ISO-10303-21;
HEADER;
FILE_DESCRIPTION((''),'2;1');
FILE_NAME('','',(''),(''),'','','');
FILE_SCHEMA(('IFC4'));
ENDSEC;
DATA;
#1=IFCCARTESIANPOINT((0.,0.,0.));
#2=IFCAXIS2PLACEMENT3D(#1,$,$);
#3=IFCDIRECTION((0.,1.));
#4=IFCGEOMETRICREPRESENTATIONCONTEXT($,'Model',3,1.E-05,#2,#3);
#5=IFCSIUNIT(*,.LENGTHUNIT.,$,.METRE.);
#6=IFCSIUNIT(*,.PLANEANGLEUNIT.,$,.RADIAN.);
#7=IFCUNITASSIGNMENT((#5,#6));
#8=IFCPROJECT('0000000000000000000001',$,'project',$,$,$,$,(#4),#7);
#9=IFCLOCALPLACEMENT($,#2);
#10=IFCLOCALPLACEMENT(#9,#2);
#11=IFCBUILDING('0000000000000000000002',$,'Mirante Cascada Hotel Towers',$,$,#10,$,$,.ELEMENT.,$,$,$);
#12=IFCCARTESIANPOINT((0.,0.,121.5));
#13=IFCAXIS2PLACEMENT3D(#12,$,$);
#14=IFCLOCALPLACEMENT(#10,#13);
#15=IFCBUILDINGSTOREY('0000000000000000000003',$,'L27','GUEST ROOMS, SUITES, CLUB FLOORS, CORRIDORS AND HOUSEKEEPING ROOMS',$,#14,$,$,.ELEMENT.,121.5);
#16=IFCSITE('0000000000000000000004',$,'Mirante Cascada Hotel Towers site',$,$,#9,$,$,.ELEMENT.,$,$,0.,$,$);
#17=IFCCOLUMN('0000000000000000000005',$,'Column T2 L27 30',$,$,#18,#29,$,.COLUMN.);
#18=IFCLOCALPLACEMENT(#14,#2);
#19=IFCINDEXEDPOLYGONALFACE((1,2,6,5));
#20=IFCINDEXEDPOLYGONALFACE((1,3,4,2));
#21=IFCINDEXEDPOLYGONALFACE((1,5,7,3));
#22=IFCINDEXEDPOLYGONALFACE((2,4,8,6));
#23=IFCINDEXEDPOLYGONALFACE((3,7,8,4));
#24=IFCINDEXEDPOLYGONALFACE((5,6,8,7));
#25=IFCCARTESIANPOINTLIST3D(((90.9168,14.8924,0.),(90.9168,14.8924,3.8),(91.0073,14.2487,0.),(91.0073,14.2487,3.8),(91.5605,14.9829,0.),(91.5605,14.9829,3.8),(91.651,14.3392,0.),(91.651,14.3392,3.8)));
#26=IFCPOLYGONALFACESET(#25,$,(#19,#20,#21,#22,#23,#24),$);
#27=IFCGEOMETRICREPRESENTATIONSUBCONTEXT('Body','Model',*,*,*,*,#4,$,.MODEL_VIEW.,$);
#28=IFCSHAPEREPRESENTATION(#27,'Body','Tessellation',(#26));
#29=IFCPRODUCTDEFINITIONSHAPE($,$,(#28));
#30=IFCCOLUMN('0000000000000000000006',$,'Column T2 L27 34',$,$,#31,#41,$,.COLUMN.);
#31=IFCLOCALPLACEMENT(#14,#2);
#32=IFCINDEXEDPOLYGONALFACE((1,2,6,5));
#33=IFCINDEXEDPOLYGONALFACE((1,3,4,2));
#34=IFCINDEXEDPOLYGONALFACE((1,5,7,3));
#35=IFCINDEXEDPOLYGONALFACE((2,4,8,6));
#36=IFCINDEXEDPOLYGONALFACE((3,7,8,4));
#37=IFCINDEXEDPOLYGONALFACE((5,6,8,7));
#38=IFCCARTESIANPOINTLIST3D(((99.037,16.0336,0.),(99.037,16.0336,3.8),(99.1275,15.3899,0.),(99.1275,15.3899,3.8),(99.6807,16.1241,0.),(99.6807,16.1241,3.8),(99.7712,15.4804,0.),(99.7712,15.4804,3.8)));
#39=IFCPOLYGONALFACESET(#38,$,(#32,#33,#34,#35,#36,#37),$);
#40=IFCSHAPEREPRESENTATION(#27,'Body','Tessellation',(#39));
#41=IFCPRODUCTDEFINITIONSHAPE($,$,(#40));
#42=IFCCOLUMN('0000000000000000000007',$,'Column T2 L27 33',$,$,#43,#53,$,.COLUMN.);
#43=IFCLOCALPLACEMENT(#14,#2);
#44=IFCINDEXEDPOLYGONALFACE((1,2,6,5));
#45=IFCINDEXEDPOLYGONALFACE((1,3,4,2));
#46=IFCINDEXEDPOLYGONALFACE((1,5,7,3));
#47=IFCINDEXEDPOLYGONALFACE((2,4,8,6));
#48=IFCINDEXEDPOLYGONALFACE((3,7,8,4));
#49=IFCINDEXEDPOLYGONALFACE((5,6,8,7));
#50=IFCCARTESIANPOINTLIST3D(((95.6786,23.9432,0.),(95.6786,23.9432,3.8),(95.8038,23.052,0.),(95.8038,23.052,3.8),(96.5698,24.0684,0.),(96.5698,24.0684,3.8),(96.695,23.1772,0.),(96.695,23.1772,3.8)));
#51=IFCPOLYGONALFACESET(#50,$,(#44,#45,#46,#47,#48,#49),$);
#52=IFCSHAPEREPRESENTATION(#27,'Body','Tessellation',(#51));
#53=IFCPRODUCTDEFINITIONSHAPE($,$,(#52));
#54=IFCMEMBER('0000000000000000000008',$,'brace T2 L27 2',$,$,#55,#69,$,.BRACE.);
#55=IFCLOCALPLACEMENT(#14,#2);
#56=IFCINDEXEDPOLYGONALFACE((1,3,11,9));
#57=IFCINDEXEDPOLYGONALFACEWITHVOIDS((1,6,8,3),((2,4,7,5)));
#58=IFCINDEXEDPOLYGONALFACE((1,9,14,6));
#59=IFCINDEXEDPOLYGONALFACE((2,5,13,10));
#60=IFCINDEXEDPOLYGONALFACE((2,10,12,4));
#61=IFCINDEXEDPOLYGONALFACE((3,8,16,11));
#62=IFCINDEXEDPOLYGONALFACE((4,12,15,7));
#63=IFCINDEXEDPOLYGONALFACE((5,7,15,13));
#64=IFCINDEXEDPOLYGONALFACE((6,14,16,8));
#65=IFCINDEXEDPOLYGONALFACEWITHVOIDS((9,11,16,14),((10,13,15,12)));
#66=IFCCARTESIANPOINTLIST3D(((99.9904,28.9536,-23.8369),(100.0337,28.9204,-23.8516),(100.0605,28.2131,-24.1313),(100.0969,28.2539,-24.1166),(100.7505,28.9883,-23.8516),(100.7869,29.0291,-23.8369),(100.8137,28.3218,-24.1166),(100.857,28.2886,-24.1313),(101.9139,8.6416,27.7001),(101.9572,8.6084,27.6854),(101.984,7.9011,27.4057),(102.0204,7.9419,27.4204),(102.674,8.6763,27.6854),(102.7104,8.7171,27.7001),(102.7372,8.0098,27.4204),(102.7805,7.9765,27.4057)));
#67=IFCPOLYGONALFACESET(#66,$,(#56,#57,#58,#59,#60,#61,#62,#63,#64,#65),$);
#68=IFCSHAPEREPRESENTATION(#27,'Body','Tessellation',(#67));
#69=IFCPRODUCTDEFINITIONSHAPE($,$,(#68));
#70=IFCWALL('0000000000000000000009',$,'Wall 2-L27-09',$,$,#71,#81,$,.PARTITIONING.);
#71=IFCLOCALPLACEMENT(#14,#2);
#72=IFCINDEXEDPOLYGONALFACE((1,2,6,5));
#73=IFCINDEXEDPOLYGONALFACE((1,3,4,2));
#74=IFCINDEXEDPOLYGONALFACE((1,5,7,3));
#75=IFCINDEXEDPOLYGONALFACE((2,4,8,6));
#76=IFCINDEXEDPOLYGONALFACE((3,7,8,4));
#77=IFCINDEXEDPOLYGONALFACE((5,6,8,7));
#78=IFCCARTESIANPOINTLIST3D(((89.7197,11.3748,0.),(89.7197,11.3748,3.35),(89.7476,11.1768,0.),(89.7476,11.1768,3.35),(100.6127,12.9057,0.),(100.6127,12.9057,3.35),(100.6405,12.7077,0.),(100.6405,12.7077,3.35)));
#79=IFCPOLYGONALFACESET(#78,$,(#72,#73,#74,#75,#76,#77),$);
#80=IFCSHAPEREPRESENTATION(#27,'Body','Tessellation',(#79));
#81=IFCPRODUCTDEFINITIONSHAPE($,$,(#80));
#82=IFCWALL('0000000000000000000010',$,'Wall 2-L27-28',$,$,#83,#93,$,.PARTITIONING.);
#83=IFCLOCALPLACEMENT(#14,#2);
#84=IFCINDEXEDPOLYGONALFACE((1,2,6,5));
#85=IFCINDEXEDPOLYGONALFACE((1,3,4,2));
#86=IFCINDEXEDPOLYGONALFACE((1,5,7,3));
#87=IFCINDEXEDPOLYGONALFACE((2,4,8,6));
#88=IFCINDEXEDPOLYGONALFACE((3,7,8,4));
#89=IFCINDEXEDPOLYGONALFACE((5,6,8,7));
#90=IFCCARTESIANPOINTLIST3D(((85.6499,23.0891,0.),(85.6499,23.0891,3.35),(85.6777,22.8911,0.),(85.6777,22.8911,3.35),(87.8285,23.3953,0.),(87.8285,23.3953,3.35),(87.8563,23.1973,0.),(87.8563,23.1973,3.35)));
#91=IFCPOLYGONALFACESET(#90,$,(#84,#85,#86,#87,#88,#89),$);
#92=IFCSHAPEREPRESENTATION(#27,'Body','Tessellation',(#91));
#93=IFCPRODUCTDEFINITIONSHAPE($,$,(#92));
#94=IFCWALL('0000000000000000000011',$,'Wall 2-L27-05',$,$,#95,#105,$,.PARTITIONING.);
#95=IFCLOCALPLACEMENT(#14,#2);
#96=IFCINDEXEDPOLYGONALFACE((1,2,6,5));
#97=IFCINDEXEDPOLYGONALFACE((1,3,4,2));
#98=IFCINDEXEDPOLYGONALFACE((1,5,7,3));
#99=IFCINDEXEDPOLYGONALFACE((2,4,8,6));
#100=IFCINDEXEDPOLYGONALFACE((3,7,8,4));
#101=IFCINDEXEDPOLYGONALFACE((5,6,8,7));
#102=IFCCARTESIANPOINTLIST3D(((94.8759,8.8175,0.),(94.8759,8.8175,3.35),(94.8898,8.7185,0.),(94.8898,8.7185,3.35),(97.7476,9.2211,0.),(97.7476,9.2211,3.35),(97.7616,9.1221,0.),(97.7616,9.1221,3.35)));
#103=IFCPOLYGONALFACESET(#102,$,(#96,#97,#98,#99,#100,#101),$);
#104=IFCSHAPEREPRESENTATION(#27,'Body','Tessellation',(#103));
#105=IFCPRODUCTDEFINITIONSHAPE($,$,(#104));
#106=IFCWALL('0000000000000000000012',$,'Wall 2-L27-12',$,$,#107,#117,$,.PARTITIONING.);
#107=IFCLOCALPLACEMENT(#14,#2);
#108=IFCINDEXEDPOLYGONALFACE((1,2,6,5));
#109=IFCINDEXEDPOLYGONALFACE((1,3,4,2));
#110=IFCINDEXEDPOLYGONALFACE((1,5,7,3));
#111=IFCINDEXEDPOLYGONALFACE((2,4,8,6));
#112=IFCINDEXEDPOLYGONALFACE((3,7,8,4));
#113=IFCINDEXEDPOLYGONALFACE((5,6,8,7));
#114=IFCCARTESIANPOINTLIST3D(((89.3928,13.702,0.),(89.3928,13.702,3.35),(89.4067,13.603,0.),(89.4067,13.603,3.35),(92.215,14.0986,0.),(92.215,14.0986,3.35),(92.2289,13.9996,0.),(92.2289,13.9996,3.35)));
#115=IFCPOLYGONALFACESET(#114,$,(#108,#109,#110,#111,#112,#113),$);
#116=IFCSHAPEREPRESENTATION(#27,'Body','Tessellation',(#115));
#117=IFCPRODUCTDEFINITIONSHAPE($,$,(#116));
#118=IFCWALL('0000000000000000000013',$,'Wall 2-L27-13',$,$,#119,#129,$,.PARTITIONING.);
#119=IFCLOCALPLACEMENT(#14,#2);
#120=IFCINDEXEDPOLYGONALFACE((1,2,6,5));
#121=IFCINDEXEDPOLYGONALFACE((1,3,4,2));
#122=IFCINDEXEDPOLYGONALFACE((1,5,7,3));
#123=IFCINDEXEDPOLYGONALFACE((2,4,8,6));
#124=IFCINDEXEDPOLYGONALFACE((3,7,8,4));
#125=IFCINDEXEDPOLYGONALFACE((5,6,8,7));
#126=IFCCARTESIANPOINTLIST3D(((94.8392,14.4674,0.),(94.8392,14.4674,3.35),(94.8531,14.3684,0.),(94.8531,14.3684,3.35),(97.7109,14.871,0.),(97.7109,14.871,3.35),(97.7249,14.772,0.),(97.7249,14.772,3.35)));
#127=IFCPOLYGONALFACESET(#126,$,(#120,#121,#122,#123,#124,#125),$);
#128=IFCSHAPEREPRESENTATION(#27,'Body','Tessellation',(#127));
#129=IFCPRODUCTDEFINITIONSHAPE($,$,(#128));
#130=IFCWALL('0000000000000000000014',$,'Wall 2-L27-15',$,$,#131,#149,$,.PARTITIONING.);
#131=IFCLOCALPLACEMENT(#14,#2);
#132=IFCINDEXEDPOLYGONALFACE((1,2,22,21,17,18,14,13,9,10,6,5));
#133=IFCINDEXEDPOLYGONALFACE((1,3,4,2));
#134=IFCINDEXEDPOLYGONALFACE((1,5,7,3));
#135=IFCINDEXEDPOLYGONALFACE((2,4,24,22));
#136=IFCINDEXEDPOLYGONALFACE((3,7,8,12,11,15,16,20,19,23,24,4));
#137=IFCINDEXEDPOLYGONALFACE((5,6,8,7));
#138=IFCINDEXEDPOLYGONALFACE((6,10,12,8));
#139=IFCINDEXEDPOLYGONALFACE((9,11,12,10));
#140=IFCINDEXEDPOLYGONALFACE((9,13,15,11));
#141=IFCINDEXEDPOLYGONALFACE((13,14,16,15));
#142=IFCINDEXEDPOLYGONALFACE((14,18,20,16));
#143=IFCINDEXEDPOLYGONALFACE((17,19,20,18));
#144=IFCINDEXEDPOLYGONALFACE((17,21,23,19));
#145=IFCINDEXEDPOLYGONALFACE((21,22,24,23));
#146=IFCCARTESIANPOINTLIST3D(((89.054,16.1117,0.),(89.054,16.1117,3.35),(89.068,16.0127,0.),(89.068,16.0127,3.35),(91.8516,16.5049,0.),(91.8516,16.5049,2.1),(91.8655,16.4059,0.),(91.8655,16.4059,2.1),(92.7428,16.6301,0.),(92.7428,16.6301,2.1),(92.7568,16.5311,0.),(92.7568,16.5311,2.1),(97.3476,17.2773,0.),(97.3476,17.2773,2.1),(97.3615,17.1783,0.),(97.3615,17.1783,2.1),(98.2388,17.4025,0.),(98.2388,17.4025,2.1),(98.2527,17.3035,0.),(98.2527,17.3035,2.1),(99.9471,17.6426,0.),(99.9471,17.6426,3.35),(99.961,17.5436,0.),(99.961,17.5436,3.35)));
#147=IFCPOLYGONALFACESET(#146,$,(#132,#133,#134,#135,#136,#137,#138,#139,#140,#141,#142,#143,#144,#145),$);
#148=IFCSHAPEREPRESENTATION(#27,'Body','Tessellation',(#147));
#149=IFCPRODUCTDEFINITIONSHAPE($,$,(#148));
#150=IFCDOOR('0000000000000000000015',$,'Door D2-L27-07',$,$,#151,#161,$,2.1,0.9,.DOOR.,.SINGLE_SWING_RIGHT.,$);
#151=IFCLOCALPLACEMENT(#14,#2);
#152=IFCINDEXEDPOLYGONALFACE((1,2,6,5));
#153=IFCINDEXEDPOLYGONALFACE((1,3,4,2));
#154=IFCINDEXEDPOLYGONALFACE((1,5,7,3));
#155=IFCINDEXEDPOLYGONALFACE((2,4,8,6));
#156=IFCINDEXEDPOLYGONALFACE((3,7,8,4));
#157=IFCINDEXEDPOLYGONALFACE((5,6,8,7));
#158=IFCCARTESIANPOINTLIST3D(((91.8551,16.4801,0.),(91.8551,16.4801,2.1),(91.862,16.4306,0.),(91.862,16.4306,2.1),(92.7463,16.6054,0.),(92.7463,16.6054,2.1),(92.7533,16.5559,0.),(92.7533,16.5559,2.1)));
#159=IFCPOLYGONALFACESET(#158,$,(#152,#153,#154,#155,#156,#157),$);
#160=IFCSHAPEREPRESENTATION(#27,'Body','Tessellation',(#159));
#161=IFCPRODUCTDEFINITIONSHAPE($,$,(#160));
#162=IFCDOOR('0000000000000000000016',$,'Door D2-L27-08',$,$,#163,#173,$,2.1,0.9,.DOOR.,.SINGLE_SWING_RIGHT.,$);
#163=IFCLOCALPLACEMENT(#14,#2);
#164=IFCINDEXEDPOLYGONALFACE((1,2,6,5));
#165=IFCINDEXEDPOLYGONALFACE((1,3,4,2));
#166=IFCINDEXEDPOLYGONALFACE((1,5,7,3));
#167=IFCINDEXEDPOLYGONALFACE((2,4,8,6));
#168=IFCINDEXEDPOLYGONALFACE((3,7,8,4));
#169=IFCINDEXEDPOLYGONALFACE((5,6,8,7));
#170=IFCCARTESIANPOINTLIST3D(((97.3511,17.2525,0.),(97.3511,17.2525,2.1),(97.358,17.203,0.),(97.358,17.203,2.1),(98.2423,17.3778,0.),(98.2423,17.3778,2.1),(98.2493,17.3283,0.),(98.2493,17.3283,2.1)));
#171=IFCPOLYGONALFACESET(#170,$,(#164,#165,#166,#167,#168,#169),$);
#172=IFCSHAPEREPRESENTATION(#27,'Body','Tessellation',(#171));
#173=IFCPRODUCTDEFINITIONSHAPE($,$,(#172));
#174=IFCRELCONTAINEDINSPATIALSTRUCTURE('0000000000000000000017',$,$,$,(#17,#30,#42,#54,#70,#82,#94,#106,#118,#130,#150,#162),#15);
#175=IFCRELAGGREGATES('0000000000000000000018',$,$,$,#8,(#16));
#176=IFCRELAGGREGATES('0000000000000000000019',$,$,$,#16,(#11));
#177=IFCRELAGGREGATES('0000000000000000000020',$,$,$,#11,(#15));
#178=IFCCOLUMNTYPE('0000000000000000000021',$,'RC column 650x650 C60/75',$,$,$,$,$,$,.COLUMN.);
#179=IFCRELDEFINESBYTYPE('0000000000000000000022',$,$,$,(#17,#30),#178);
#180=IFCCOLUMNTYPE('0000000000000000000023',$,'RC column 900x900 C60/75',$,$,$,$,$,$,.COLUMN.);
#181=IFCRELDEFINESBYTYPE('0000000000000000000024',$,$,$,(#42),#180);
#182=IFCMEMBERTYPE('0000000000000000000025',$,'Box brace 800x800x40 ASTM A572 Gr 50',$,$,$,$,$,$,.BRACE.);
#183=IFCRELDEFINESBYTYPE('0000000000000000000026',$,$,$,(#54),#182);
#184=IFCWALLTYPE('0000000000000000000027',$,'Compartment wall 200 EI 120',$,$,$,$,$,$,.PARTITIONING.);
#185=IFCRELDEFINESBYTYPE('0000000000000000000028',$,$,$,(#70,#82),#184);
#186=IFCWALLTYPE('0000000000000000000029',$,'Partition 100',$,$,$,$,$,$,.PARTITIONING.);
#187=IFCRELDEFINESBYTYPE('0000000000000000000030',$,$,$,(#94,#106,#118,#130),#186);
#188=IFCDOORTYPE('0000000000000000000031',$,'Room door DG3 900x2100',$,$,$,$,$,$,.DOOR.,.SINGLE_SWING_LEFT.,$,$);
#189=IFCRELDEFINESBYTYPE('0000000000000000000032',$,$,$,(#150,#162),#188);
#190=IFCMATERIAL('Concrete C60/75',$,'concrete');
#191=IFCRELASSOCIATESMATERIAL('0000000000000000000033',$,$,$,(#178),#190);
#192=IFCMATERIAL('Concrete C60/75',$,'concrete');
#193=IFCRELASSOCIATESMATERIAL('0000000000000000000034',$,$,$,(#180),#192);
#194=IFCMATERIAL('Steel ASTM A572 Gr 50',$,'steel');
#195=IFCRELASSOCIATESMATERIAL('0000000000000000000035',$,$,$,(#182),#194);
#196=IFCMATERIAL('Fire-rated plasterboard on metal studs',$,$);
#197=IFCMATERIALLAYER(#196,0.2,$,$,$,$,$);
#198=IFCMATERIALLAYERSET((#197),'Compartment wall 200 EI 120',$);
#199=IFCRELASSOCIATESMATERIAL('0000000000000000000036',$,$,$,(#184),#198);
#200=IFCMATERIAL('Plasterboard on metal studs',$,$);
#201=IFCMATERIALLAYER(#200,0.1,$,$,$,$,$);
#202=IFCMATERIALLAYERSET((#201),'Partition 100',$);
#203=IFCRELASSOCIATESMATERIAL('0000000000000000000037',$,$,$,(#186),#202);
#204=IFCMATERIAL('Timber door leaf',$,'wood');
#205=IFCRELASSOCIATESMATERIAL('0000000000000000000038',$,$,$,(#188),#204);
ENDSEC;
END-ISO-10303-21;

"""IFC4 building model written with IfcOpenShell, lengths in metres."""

from ifc_helpers import new_model, si_unit, direction, frame, frame_2d, origin, origin_2d, place, context, subcontext, project, spatial, rectangle, hollow_rectangle, extrude, material, layer, layer_set, material_profile, profile_set, type_object, element, fill, save


model = new_model("IFC4")

# Units and contexts
model_context = context("Model", 3, precision=1e-05, world=origin(), true_north=direction((0.0, 1.0)))
body_context = subcontext(model_context, "Body", "Model", "MODEL_VIEW")
ifc_project = project(units=[si_unit("LENGTHUNIT", "METRE"), si_unit("PLANEANGLEUNIT", "RADIAN")], contexts=[model_context])

# Site, building, storey
site_placement = place(None, origin())
site = spatial("IfcSite", under=ifc_project, at=site_placement, Name="Mirante Cascada Hotel Towers site", CompositionType="ELEMENT", RefElevation=0.0)
building_placement = place(site_placement, origin())
building = spatial("IfcBuilding", under=site, at=building_placement, Name="Mirante Cascada Hotel Towers", CompositionType="ELEMENT")
storey_placement = place(building_placement, frame((0.0, 0.0, 121.5)))
storey = spatial("IfcBuildingStorey", under=building, at=storey_placement, Name="L27", Description="GUEST ROOMS, SUITES, CLUB FLOORS, CORRIDORS AND HOUSEKEEPING ROOMS", CompositionType="ELEMENT", Elevation=121.5)

# Columns
ifc_material_1 = material(Name="Concrete C60/75", Category="concrete")
ifc_material_profile_1 = material_profile(ifc_material_1, rectangle(XDim=0.65, YDim=0.65, at=origin_2d()), Name="RC column 650x650 C60/75")
ifc_profile_set_1 = profile_set([ifc_material_profile_1], Name="Concrete C60/75")
column_type_1 = type_object("IfcColumnType", Name="RC column 650x650 C60/75", PredefinedType="COLUMN", material=ifc_profile_set_1)
for number, where, z_axis, x_axis, name in (
    (1, (91.2839, 14.6158, 0.0), (0.0, 0.0, 1.0), (0.990268, 0.139173, 0.0), "Column T2 L27 30"),
    (2, (99.4041, 15.757, 0.0), (0.0, 0.0, 1.0), (0.990268, 0.139173, 0.0), "Column T2 L27 34"),
):
    element("IfcColumn", number, at=place(storey_placement, frame(where, z_axis=z_axis, x_axis=x_axis)), inside=storey, type_object=column_type_1, Name=name, PredefinedType="COLUMN", context=body_context, shape_type="SweptSolid", body=[
        extrude(rectangle(XDim=0.65, YDim=0.65, at=origin_2d()), origin(), (0.0, 0.0, 1.0), 3.8),
    ])
ifc_material_2 = material(Name="Concrete C60/75", Category="concrete")
ifc_material_profile_2 = material_profile(ifc_material_2, rectangle(XDim=0.9, YDim=0.9, at=origin_2d()), Name="RC column 900x900 C60/75")
ifc_profile_set_2 = profile_set([ifc_material_profile_2], Name="Concrete C60/75")
column_type_2 = type_object("IfcColumnType", Name="RC column 900x900 C60/75", PredefinedType="COLUMN", material=ifc_profile_set_2)
column_placement = place(storey_placement, frame((96.1868, 23.5602, 0.0), z_axis=(0.0, 0.0, 1.0), x_axis=(0.990268, 0.139173, 0.0)))
element("IfcColumn", 3, at=column_placement, inside=storey, type_object=column_type_2, Name="Column T2 L27 33", PredefinedType="COLUMN", context=body_context, shape_type="SweptSolid", body=[
    extrude(rectangle(XDim=0.9, YDim=0.9, at=origin_2d()), origin(), (0.0, 0.0, 1.0), 3.8),
])

# Member
ifc_material_3 = material(Name="Steel ASTM A572 Gr 50", Category="steel")
ifc_material_profile_3 = material_profile(ifc_material_3, hollow_rectangle(XDim=0.8, YDim=0.8, WallThickness=0.04, at=origin_2d()), Name="Box brace 800x800x40 ASTM A572 Gr 50")
ifc_profile_set_3 = profile_set([ifc_material_profile_3], Name="Steel ASTM A572 Gr 50")
member_type = type_object("IfcMemberType", Name="Box brace 800x800x40 ASTM A572 Gr 50", PredefinedType="BRACE", material=ifc_profile_set_3)
member_placement = place(storey_placement, frame((100.4237, 28.6211, -23.9841), z_axis=(0.034702, -0.366453, 0.929789), x_axis=(0.995546, 0.094276, 0.0)))
element("IfcMember", 4, at=member_placement, inside=storey, type_object=member_type, Name="brace T2 L27 2", PredefinedType="BRACE", context=body_context, shape_type="SweptSolid", body=[
    extrude(hollow_rectangle(XDim=0.8, YDim=0.8, WallThickness=0.04, at=origin_2d()), origin(), (0.0, 0.0, 1.0), 55.4287),
])

# Walls
ifc_material_4 = material(Name="Fire-rated plasterboard on metal studs")
ifc_layer_1 = layer(ifc_material_4, 0.2)
ifc_layer_set_1 = layer_set([ifc_layer_1], Name="Compartment wall 200 EI 120")
wall_type_1 = type_object("IfcWallType", Name="Compartment wall 200 EI 120", PredefinedType="PARTITIONING", material=ifc_layer_set_1)
wall_1_placement = place(storey_placement, frame((100.6266, 12.8067, 0.0), z_axis=(0.0, 0.0, 1.0), x_axis=(-0.990268, -0.139173, 0.0)))
element("IfcWall", 5, at=wall_1_placement, inside=storey, type_object=wall_type_1, Name="Wall 2-L27-09", PredefinedType="PARTITIONING", context=body_context, shape_type="SweptSolid", body=[
    extrude(rectangle(XDim=11.0, YDim=0.2, at=frame_2d((5.5, 0.0))), origin(), (0.0, 0.0, 1.0), 3.35),
])
wall_2_placement = place(storey_placement, frame((85.6638, 22.9901, 0.0), z_axis=(0.0, 0.0, 1.0), x_axis=(0.990267, 0.139181, 0.0)))
element("IfcWall", 6, at=wall_2_placement, inside=storey, type_object=wall_type_1, Name="Wall 2-L27-28", PredefinedType="PARTITIONING", context=body_context, shape_type="SweptSolid", body=[
    extrude(rectangle(XDim=2.2, YDim=0.2, at=frame_2d((1.1, 0.0))), origin(), (0.0, 0.0, 1.0), 3.35),
])
ifc_material_5 = material(Name="Plasterboard on metal studs")
ifc_layer_2 = layer(ifc_material_5, 0.1)
ifc_layer_set_2 = layer_set([ifc_layer_2], Name="Partition 100")
wall_type_2 = type_object("IfcWallType", Name="Partition 100", PredefinedType="PARTITIONING", material=ifc_layer_set_2)
wall_3_placement = place(storey_placement, frame((97.7546, 9.1716, 0.0), z_axis=(0.0, 0.0, 1.0), x_axis=(-0.990268, -0.139171, 0.0)))
element("IfcWall", 7, at=wall_3_placement, inside=storey, type_object=wall_type_2, Name="Wall 2-L27-05", PredefinedType="PARTITIONING", context=body_context, shape_type="SweptSolid", body=[
    extrude(rectangle(XDim=2.9, YDim=0.1, at=frame_2d((1.45, 0.0))), origin(), (0.0, 0.0, 1.0), 3.35),
])
wall_4_placement = place(storey_placement, frame((89.3997, 13.6525, 0.0), z_axis=(0.0, 0.0, 1.0), x_axis=(0.99027, 0.139161, 0.0)))
element("IfcWall", 8, at=wall_4_placement, inside=storey, type_object=wall_type_2, Name="Wall 2-L27-12", PredefinedType="PARTITIONING", context=body_context, shape_type="SweptSolid", body=[
    extrude(rectangle(XDim=2.8499, YDim=0.1, at=frame_2d((1.425, 0.0))), origin(), (0.0, 0.0, 1.0), 3.35),
])
wall_5_placement = place(storey_placement, frame((97.7179, 14.8215, 0.0), z_axis=(0.0, 0.0, 1.0), x_axis=(-0.990268, -0.139171, 0.0)))
element("IfcWall", 9, at=wall_5_placement, inside=storey, type_object=wall_type_2, Name="Wall 2-L27-13", PredefinedType="PARTITIONING", context=body_context, shape_type="SweptSolid", body=[
    extrude(rectangle(XDim=2.9, YDim=0.1, at=frame_2d((1.45, 0.0))), origin(), (0.0, 0.0, 1.0), 3.35),
])

# Wall, openings, doors
wall_6_placement = place(storey_placement, frame((99.954, 17.5931, 0.0), z_axis=(0.0, 0.0, 1.0), x_axis=(-0.990268, -0.139172, 0.0)))
wall_6 = element("IfcWall", 10, at=wall_6_placement, inside=storey, type_object=wall_type_2, Name="Wall 2-L27-15", PredefinedType="PARTITIONING", context=body_context, shape_type="SweptSolid", body=[
    extrude(rectangle(XDim=11.0001, YDim=0.1, at=frame_2d((5.5, 0.0))), origin(), (0.0, 0.0, 1.0), 3.35),
])
opening_1_placement = place(wall_6_placement, frame((7.275, 0.0, 0.0)))
opening_1 = element("IfcOpeningElement", 11, at=opening_1_placement, cuts=wall_6, PredefinedType="OPENING", context=body_context, shape_type="SweptSolid", body=[
    extrude(rectangle(XDim=0.9, YDim=2.1, at=frame_2d((0.45, 1.05))), frame((0.0, 0.05, 0.0), z_axis=(0.0, -1.0, 0.0), x_axis=(1.0, 0.0, 0.0)), (0.0, 0.0, 1.0), 0.1),
])
opening_2_placement = place(wall_6_placement, frame((1.725, 0.0, 0.0)))
opening_2 = element("IfcOpeningElement", 12, at=opening_2_placement, cuts=wall_6, PredefinedType="OPENING", context=body_context, shape_type="SweptSolid", body=[
    extrude(rectangle(XDim=0.9, YDim=2.1, at=frame_2d((0.45, 1.05))), frame((0.0, 0.05, 0.0), z_axis=(0.0, -1.0, 0.0), x_axis=(1.0, 0.0, 0.0)), (0.0, 0.0, 1.0), 0.1),
])
ifc_material_6 = material(Name="Timber door leaf", Category="wood")
door_type_1 = type_object("IfcDoorType", Name="Room door DG3 900x2100", OperationType="SINGLE_SWING_LEFT", PredefinedType="DOOR", material=ifc_material_6)
door_1_placement = place(opening_1_placement, frame((0.9, 0.0, 0.0), z_axis=(0.0, 0.0, 1.0), x_axis=(-1.0, 0.0, 0.0)))
door_1 = element("IfcDoor", 13, at=door_1_placement, inside=storey, type_object=door_type_1, Name="Door D2-L27-07", OperationType="SINGLE_SWING_RIGHT", OverallHeight=2.1, OverallWidth=0.9, PredefinedType="DOOR", context=body_context, shape_type="SweptSolid", body=[
    extrude(rectangle(XDim=0.9, YDim=2.1, at=frame_2d((0.45, 1.05))), frame((0.0, 0.025, 0.0), z_axis=(0.0, -1.0, 0.0), x_axis=(1.0, 0.0, 0.0)), (0.0, 0.0, 1.0), 0.05),
])
fill(opening_1, door_1)
door_2_placement = place(opening_2_placement, frame((0.9, 0.0, 0.0), z_axis=(0.0, 0.0, 1.0), x_axis=(-1.0, 0.0, 0.0)))
door_2 = element("IfcDoor", 14, at=door_2_placement, inside=storey, type_object=door_type_1, Name="Door D2-L27-08", OperationType="SINGLE_SWING_RIGHT", OverallHeight=2.1, OverallWidth=0.9, PredefinedType="DOOR", context=body_context, shape_type="SweptSolid", body=[
    extrude(rectangle(XDim=0.9, YDim=2.1, at=frame_2d((0.45, 1.05))), frame((0.0, 0.025, 0.0), z_axis=(0.0, -1.0, 0.0), x_axis=(1.0, 0.0, 0.0)), (0.0, 0.0, 1.0), 0.05),
])
fill(opening_2, door_2)

save(model, "model.ifc")
